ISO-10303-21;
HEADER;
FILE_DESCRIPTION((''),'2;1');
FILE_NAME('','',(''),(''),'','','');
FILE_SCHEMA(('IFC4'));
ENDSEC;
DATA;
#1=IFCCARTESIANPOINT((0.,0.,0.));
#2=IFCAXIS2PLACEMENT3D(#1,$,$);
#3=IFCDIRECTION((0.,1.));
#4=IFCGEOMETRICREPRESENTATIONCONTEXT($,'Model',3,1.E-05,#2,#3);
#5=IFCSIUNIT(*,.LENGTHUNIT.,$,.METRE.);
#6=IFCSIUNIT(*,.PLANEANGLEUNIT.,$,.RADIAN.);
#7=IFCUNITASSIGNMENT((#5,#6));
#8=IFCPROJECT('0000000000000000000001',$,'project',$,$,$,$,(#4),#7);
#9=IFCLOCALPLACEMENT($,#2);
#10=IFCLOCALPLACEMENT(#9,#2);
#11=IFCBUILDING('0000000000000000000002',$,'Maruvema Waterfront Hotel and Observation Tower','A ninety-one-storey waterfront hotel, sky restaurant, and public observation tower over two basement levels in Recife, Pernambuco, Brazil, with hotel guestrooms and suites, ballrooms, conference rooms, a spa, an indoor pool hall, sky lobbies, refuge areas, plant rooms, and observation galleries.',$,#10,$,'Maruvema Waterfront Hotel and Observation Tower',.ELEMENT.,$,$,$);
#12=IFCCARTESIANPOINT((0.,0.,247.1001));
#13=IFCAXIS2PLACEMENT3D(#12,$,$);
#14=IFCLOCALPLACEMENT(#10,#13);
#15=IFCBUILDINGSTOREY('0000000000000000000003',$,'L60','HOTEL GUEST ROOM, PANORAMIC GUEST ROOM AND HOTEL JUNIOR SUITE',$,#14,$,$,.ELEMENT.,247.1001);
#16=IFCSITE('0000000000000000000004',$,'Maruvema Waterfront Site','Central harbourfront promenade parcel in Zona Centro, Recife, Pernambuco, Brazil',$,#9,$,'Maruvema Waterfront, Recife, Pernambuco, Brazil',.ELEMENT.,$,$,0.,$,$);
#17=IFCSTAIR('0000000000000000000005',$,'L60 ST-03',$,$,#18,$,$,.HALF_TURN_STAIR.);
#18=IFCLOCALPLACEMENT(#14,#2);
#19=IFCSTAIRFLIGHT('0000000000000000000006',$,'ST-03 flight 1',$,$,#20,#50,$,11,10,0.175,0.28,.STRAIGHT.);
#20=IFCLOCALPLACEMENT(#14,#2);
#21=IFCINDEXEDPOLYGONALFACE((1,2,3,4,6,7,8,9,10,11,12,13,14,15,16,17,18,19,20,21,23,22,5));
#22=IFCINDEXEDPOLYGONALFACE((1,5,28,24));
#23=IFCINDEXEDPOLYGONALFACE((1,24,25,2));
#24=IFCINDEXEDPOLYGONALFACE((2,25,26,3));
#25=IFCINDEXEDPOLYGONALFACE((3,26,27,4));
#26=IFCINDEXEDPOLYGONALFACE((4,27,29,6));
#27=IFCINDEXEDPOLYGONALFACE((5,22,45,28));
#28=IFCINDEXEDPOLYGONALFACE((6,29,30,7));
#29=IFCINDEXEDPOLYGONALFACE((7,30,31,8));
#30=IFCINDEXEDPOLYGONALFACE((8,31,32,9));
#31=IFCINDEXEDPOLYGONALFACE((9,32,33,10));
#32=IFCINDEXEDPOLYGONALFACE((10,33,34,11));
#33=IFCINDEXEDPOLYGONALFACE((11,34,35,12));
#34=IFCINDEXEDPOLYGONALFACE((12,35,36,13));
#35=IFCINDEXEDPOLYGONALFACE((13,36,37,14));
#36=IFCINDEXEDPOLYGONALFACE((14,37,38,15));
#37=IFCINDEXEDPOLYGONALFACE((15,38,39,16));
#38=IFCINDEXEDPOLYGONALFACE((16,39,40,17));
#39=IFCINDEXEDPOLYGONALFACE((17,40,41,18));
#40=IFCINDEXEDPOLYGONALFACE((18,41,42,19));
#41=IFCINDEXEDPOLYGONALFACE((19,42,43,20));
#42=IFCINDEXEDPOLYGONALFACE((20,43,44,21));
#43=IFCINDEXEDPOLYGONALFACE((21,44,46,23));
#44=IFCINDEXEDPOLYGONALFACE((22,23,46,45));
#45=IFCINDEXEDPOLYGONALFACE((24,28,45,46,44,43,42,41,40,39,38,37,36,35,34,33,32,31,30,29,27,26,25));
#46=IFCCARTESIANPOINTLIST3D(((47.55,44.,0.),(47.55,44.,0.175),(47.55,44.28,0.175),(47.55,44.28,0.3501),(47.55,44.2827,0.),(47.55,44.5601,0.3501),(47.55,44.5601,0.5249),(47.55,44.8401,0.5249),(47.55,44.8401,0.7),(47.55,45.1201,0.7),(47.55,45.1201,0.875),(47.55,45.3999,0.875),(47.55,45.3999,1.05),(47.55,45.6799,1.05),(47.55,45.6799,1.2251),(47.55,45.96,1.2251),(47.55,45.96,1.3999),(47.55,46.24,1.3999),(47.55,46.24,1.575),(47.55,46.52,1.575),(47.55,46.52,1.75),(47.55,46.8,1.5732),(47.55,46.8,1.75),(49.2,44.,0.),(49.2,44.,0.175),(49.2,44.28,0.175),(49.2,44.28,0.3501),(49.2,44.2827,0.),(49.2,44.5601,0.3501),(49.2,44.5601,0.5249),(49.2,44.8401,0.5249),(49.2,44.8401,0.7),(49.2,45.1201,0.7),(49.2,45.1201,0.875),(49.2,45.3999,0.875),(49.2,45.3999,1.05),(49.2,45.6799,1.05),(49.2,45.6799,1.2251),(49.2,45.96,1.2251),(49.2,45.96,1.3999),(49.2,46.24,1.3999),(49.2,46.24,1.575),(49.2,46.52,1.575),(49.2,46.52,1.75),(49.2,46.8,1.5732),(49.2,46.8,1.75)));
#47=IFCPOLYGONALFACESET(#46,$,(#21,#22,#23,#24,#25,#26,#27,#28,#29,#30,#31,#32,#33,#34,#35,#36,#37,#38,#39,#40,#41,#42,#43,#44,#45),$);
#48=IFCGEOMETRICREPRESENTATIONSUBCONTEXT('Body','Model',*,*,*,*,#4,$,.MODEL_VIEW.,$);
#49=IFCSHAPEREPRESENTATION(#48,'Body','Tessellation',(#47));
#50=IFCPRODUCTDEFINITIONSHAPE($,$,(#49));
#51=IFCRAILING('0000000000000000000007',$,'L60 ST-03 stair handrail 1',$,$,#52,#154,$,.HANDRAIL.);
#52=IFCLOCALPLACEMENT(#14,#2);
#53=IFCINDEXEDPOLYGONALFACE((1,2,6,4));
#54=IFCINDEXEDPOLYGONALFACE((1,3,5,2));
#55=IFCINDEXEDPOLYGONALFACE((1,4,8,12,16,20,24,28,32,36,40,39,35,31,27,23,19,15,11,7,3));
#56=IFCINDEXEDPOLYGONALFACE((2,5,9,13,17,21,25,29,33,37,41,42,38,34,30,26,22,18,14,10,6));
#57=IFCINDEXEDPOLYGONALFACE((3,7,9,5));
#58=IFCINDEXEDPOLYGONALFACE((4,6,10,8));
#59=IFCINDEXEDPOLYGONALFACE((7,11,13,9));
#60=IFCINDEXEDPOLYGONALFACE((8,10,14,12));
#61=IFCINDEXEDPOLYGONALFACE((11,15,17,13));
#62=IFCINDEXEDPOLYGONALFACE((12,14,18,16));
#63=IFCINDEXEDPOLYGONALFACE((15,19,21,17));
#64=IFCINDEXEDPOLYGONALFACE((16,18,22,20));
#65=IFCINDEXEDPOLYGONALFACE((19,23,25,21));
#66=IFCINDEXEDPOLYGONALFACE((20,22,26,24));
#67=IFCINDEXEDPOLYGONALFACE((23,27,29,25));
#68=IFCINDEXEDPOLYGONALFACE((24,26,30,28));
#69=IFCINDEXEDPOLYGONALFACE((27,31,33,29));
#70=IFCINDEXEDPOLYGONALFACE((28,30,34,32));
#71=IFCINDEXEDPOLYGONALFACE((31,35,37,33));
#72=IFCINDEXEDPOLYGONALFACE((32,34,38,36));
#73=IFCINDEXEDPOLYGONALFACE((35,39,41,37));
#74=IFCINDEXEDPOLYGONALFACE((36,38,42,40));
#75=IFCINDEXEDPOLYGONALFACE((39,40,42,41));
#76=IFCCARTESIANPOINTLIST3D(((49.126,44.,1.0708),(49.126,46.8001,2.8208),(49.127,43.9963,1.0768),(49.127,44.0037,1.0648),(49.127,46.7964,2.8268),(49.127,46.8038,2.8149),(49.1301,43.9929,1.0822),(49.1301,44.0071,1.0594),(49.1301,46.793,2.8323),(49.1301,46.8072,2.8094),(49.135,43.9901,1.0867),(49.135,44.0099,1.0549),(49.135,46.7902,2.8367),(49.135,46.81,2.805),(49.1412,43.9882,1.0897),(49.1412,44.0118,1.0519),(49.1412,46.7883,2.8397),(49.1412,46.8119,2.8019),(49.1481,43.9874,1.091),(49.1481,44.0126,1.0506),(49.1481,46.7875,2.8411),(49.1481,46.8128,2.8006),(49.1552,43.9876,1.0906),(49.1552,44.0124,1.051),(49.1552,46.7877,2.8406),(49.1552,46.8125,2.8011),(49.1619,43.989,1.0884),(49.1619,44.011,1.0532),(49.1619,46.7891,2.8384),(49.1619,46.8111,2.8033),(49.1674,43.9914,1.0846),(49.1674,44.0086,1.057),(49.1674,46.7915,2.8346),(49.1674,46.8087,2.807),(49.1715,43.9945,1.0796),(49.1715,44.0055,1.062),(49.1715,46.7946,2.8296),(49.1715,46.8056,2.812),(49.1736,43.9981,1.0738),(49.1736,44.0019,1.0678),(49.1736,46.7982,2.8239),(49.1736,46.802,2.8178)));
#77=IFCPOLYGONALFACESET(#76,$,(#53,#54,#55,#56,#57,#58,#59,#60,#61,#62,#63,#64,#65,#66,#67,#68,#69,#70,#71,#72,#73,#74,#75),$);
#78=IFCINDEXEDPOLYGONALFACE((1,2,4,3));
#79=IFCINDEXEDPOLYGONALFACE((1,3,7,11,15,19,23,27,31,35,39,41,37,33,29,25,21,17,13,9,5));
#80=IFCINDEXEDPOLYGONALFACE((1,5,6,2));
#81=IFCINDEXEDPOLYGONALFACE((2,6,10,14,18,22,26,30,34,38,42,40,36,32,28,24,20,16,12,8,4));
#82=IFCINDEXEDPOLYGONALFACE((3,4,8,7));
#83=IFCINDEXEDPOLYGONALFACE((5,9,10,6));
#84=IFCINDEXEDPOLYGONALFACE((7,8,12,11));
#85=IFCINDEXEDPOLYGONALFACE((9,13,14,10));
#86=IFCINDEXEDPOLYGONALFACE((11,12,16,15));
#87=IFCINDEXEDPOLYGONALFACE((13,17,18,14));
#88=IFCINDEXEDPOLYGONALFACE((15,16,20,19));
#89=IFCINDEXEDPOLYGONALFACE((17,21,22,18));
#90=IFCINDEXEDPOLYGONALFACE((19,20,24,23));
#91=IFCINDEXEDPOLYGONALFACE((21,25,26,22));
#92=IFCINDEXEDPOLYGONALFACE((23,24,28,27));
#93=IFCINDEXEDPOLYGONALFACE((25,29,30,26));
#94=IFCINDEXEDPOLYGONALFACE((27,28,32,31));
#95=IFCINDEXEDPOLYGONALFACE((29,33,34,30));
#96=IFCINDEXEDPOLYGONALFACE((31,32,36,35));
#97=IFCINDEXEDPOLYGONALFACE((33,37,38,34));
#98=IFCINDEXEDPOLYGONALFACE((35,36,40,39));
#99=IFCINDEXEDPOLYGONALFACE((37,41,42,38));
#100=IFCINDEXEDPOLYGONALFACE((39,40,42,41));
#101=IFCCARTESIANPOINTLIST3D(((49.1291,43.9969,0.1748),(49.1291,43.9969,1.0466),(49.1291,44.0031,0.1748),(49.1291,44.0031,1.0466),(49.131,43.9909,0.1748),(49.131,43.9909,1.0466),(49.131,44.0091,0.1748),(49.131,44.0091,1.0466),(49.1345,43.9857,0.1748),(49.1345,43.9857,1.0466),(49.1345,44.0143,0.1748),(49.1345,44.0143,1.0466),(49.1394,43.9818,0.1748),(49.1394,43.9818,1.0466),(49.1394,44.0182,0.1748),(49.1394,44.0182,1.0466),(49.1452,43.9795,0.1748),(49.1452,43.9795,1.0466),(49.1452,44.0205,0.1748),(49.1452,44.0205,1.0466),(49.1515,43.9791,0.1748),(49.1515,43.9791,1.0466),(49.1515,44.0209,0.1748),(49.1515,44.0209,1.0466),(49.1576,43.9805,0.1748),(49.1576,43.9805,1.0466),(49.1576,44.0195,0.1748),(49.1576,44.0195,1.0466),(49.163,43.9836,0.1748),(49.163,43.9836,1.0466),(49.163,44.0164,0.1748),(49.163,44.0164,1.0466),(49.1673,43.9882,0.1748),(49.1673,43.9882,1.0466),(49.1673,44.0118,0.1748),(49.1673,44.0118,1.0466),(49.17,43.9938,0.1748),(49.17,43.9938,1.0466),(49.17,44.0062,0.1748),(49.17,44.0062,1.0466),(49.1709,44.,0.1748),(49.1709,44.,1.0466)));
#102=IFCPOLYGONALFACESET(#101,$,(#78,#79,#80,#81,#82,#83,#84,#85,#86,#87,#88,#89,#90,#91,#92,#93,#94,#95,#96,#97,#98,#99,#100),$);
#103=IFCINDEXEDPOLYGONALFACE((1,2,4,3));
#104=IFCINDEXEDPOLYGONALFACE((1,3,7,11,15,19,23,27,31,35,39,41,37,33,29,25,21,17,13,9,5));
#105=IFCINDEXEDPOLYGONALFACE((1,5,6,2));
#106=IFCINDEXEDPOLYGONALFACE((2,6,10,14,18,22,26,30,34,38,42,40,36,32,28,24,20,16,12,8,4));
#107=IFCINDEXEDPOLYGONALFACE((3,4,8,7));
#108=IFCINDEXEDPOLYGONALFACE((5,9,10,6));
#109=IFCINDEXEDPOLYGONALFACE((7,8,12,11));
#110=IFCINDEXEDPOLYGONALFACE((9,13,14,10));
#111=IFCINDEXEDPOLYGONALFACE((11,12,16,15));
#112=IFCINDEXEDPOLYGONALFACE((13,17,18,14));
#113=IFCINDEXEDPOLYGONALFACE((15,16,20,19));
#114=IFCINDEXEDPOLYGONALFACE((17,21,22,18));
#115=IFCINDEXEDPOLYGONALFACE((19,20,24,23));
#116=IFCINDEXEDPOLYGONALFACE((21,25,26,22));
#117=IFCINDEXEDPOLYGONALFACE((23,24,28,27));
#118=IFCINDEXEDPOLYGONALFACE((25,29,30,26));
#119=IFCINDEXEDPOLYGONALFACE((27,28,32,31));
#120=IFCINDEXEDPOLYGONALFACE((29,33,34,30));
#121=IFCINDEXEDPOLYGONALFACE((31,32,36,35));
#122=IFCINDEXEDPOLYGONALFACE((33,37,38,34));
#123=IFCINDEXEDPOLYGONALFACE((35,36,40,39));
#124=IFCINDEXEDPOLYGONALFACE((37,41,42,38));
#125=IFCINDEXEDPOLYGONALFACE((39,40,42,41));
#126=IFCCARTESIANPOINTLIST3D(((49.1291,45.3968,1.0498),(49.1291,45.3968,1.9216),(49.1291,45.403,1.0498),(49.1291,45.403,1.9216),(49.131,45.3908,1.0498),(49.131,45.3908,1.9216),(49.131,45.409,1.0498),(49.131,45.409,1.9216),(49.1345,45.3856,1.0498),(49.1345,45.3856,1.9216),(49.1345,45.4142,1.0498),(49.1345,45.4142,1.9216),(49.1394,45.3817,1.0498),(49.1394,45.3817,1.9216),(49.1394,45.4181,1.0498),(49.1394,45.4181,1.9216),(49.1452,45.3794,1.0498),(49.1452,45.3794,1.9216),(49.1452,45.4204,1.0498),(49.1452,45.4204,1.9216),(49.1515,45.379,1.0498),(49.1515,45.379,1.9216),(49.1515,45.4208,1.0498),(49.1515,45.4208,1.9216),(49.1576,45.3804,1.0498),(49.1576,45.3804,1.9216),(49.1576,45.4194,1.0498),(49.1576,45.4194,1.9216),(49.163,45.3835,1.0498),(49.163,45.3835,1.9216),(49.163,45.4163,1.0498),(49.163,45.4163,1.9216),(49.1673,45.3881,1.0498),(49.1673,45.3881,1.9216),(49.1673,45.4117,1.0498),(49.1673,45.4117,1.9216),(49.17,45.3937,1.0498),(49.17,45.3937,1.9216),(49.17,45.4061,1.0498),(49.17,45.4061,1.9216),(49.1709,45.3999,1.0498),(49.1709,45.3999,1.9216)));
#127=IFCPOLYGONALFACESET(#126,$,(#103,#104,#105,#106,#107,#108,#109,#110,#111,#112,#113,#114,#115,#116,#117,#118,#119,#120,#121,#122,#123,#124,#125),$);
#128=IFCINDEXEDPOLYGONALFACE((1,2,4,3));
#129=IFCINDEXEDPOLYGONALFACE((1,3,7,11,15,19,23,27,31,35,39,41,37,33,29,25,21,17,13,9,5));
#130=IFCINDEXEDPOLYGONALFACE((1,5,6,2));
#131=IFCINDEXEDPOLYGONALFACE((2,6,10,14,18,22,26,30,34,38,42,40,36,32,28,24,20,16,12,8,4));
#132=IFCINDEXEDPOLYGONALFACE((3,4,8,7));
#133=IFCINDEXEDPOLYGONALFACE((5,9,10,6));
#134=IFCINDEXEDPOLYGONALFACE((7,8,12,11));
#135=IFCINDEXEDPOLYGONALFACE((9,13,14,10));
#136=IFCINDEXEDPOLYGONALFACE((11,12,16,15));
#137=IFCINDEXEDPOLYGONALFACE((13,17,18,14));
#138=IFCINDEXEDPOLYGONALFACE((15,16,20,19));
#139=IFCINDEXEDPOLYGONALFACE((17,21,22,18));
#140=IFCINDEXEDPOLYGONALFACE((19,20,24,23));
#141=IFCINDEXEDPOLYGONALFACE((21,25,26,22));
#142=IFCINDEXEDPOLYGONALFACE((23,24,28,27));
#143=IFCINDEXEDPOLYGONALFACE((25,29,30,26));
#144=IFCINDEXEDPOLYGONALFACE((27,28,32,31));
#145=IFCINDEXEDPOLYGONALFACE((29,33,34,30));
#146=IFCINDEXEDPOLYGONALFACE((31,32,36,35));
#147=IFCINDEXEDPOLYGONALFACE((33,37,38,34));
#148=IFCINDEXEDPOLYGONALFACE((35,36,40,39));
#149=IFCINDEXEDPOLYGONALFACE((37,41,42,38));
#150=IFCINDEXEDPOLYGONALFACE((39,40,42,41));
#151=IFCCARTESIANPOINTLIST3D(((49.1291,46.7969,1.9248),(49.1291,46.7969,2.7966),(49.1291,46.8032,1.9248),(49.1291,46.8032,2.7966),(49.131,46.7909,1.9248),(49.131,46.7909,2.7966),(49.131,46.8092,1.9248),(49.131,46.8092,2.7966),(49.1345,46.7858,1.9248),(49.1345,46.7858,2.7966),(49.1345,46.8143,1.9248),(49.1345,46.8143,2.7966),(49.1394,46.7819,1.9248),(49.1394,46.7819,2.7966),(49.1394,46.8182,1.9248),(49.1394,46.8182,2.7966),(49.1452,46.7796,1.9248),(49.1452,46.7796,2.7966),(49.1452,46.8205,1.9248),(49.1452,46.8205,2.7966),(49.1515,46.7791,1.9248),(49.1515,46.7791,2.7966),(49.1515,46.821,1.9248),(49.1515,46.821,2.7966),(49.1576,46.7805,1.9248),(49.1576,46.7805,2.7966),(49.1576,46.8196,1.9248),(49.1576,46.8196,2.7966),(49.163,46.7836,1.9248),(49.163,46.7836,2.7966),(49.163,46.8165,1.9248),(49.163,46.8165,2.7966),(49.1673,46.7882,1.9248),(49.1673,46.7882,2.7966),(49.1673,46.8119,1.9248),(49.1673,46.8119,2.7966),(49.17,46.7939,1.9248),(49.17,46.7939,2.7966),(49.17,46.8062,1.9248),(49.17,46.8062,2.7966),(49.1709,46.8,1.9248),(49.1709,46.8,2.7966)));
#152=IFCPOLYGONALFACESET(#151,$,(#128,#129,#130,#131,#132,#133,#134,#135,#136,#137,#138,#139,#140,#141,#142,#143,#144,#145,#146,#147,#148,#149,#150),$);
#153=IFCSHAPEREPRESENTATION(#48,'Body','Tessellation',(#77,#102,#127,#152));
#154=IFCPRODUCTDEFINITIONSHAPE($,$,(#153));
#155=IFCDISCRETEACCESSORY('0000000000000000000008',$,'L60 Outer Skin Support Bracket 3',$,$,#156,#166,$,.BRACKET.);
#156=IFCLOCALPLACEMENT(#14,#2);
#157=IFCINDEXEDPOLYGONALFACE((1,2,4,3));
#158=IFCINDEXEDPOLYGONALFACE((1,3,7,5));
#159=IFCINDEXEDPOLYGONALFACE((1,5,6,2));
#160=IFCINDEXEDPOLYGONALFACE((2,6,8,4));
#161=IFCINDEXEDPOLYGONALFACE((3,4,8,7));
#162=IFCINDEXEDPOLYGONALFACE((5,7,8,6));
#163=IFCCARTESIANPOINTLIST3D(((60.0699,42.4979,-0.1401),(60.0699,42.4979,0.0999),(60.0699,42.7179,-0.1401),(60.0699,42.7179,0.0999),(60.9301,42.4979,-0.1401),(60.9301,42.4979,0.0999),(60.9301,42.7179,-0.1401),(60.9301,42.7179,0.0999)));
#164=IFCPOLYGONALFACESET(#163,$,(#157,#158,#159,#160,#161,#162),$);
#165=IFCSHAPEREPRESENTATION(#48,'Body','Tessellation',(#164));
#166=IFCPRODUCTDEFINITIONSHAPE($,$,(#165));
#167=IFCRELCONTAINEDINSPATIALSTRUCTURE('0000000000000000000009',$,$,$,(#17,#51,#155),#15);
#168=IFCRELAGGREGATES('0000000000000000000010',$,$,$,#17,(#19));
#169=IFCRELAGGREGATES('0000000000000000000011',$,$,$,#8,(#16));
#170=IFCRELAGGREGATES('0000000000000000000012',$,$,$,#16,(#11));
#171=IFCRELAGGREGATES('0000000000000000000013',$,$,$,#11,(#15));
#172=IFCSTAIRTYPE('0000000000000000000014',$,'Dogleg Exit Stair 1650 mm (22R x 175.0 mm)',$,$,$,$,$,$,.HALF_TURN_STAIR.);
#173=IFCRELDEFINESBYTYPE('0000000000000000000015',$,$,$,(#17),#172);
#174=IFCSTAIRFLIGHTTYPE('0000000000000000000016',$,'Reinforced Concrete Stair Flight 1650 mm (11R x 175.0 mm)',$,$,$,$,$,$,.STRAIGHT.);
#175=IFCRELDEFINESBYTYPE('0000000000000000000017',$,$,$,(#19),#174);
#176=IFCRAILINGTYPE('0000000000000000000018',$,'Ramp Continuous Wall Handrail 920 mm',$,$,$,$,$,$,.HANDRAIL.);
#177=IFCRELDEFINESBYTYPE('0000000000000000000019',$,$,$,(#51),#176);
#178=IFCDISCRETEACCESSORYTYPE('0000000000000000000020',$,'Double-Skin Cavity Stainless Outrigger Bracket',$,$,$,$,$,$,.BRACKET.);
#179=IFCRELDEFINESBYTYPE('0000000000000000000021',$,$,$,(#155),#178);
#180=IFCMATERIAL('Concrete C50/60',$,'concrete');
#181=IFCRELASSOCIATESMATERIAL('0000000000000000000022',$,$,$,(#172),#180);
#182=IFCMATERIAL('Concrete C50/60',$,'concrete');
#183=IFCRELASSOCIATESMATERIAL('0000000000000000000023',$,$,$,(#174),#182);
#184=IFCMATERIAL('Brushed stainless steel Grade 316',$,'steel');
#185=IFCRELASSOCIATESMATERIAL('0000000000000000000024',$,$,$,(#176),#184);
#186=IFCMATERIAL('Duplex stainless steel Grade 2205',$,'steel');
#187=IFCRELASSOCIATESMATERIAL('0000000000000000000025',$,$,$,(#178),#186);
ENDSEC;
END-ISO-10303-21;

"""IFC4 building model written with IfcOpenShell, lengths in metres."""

from ifc_helpers import new_model, si_unit, direction, frame, origin, origin_2d, place, context, subcontext, project, spatial, polyline, rectangle, circle, outline, extrude, material, type_object, element, aggregate, save


model = new_model("IFC4")

# Units and contexts
model_context = context("Model", 3, precision=1e-05, world=origin(), true_north=direction((0.0, 1.0)))
body_context = subcontext(model_context, "Body", "Model", "MODEL_VIEW")
ifc_project = project(units=[si_unit("LENGTHUNIT", "METRE"), si_unit("PLANEANGLEUNIT", "RADIAN")], contexts=[model_context])

# Site, building, storey
site_placement = place(None, origin())
site = spatial("IfcSite", under=ifc_project, at=site_placement, Name="Maruvema Waterfront Site", Description="Central harbourfront promenade parcel in Zona Centro, Recife, Pernambuco, Brazil", LongName="Maruvema Waterfront, Recife, Pernambuco, Brazil", CompositionType="ELEMENT", RefElevation=0.0)
building_placement = place(site_placement, origin())
building = spatial("IfcBuilding", under=site, at=building_placement, Name="Maruvema Waterfront Hotel and Observation Tower", Description="A ninety-one-storey waterfront hotel, sky restaurant, and public observation tower over two basement levels in Recife, Pernambuco, Brazil, with hotel guestrooms and suites, ballrooms, conference rooms, a spa, an indoor pool hall, sky lobbies, refuge areas, plant rooms, and observation galleries.", LongName="Maruvema Waterfront Hotel and Observation Tower", CompositionType="ELEMENT")
storey_placement = place(building_placement, frame((0.0, 0.0, 247.1001)))
storey = spatial("IfcBuildingStorey", under=building, at=storey_placement, Name="L60", Description="HOTEL GUEST ROOM, PANORAMIC GUEST ROOM AND HOTEL JUNIOR SUITE", CompositionType="ELEMENT", Elevation=247.1001)

# Stair, stair flight
ifc_material_1 = material(Name="Concrete C50/60", Category="concrete")
stair_type = type_object("IfcStairType", Name="Dogleg Exit Stair 1650 mm (22R x 175.0 mm)", PredefinedType="HALF_TURN_STAIR", material=ifc_material_1)
stair_placement = place(storey_placement, origin())
stair = element("IfcStair", 1, at=stair_placement, inside=storey, type_object=stair_type, Name="L60 ST-03", PredefinedType="HALF_TURN_STAIR")
ifc_material_2 = material(Name="Concrete C50/60", Category="concrete")
stair_flight_type = type_object("IfcStairFlightType", Name="Reinforced Concrete Stair Flight 1650 mm (11R x 175.0 mm)", PredefinedType="STRAIGHT", material=ifc_material_2)
stair_flight_placement = place(storey_placement, frame((48.375, 44.0, 0.0), z_axis=(0.0, 0.0, 1.0), x_axis=(0.0, 1.0, 0.0)))
stair_flight = element("IfcStairFlight", 2, at=stair_flight_placement, type_object=stair_flight_type, Name="ST-03 flight 1", NumberOfRisers=11, NumberOfTreads=10, PredefinedType="STRAIGHT", RiserHeight=0.175, TreadLength=0.28, context=body_context, shape_type="SweptSolid", body=[
    extrude(outline(polyline([(0.0, 0.0), (0.0, 0.175), (0.28, 0.175), (0.28, 0.3501), (0.5601, 0.3501), (0.5601, 0.5249), (0.8401, 0.5249), (0.8401, 0.7), (1.1201, 0.7), (1.1201, 0.875), (1.3999, 0.875), (1.3999, 1.05), (1.6799, 1.05), (1.6799, 1.2251), (1.96, 1.2251), (1.96, 1.3999), (2.24, 1.3999), (2.24, 1.575), (2.52, 1.575), (2.52, 1.75), (2.8, 1.75), (2.8, 1.925), (2.8, 1.5732), (0.2827, 0.0), (0.0, 0.0)])), frame((0.0, 0.825, 0.0), z_axis=(0.0, -1.0, 0.0), x_axis=(1.0, 0.0, 0.0)), (0.0, 0.0, 1.0), 1.6499),
])
aggregate(stair, [stair_flight])

# Railing
ifc_material_3 = material(Name="Brushed stainless steel Grade 316", Category="steel")
railing_type = type_object("IfcRailingType", Name="Ramp Continuous Wall Handrail 920 mm", PredefinedType="HANDRAIL", material=ifc_material_3)
railing_placement = place(storey_placement, frame((49.1499, 44.0, 0.1748)))
element("IfcRailing", 3, at=railing_placement, inside=storey, type_object=railing_type, Name="L60 ST-03 stair handrail 1", PredefinedType="HANDRAIL", context=body_context, shape_type="SweptSolid", body=[
    extrude(circle(Radius=0.0239, at=origin_2d()), frame((0.0, 0.0, 0.896), z_axis=(0.0, 0.848002, 0.529992), x_axis=(-1.0, 0.0, 0.0)), (0.0, 0.0, 1.0), 3.302),
    extrude(circle(Radius=0.021, at=origin_2d()), origin(), (0.0, 0.0, 1.0), 0.8718),
    extrude(circle(Radius=0.021, at=origin_2d()), frame((0.0, 1.3999, 0.875)), (0.0, 0.0, 1.0), 0.8718),
    extrude(circle(Radius=0.021, at=origin_2d()), frame((0.0, 2.8, 1.75)), (0.0, 0.0, 1.0), 0.8718),
])

# Discrete accessory
ifc_material_4 = material(Name="Duplex stainless steel Grade 2205", Category="steel")
discrete_accessory_type = type_object("IfcDiscreteAccessoryType", Name="Double-Skin Cavity Stainless Outrigger Bracket", PredefinedType="BRACKET", material=ifc_material_4)
discrete_accessory_placement = place(storey_placement, frame((60.5, 42.6079, -0.1401), z_axis=(0.0, 0.0, 1.0), x_axis=(0.0, 1.0, 0.0)))
element("IfcDiscreteAccessory", 4, at=discrete_accessory_placement, inside=storey, type_object=discrete_accessory_type, Name="L60 Outer Skin Support Bracket 3", PredefinedType="BRACKET", context=body_context, shape_type="SweptSolid", body=[
    extrude(rectangle(XDim=0.22, YDim=0.8601, at=origin_2d()), origin(), (0.0, 0.0, 1.0), 0.24),
])

save(model, "model.ifc")
